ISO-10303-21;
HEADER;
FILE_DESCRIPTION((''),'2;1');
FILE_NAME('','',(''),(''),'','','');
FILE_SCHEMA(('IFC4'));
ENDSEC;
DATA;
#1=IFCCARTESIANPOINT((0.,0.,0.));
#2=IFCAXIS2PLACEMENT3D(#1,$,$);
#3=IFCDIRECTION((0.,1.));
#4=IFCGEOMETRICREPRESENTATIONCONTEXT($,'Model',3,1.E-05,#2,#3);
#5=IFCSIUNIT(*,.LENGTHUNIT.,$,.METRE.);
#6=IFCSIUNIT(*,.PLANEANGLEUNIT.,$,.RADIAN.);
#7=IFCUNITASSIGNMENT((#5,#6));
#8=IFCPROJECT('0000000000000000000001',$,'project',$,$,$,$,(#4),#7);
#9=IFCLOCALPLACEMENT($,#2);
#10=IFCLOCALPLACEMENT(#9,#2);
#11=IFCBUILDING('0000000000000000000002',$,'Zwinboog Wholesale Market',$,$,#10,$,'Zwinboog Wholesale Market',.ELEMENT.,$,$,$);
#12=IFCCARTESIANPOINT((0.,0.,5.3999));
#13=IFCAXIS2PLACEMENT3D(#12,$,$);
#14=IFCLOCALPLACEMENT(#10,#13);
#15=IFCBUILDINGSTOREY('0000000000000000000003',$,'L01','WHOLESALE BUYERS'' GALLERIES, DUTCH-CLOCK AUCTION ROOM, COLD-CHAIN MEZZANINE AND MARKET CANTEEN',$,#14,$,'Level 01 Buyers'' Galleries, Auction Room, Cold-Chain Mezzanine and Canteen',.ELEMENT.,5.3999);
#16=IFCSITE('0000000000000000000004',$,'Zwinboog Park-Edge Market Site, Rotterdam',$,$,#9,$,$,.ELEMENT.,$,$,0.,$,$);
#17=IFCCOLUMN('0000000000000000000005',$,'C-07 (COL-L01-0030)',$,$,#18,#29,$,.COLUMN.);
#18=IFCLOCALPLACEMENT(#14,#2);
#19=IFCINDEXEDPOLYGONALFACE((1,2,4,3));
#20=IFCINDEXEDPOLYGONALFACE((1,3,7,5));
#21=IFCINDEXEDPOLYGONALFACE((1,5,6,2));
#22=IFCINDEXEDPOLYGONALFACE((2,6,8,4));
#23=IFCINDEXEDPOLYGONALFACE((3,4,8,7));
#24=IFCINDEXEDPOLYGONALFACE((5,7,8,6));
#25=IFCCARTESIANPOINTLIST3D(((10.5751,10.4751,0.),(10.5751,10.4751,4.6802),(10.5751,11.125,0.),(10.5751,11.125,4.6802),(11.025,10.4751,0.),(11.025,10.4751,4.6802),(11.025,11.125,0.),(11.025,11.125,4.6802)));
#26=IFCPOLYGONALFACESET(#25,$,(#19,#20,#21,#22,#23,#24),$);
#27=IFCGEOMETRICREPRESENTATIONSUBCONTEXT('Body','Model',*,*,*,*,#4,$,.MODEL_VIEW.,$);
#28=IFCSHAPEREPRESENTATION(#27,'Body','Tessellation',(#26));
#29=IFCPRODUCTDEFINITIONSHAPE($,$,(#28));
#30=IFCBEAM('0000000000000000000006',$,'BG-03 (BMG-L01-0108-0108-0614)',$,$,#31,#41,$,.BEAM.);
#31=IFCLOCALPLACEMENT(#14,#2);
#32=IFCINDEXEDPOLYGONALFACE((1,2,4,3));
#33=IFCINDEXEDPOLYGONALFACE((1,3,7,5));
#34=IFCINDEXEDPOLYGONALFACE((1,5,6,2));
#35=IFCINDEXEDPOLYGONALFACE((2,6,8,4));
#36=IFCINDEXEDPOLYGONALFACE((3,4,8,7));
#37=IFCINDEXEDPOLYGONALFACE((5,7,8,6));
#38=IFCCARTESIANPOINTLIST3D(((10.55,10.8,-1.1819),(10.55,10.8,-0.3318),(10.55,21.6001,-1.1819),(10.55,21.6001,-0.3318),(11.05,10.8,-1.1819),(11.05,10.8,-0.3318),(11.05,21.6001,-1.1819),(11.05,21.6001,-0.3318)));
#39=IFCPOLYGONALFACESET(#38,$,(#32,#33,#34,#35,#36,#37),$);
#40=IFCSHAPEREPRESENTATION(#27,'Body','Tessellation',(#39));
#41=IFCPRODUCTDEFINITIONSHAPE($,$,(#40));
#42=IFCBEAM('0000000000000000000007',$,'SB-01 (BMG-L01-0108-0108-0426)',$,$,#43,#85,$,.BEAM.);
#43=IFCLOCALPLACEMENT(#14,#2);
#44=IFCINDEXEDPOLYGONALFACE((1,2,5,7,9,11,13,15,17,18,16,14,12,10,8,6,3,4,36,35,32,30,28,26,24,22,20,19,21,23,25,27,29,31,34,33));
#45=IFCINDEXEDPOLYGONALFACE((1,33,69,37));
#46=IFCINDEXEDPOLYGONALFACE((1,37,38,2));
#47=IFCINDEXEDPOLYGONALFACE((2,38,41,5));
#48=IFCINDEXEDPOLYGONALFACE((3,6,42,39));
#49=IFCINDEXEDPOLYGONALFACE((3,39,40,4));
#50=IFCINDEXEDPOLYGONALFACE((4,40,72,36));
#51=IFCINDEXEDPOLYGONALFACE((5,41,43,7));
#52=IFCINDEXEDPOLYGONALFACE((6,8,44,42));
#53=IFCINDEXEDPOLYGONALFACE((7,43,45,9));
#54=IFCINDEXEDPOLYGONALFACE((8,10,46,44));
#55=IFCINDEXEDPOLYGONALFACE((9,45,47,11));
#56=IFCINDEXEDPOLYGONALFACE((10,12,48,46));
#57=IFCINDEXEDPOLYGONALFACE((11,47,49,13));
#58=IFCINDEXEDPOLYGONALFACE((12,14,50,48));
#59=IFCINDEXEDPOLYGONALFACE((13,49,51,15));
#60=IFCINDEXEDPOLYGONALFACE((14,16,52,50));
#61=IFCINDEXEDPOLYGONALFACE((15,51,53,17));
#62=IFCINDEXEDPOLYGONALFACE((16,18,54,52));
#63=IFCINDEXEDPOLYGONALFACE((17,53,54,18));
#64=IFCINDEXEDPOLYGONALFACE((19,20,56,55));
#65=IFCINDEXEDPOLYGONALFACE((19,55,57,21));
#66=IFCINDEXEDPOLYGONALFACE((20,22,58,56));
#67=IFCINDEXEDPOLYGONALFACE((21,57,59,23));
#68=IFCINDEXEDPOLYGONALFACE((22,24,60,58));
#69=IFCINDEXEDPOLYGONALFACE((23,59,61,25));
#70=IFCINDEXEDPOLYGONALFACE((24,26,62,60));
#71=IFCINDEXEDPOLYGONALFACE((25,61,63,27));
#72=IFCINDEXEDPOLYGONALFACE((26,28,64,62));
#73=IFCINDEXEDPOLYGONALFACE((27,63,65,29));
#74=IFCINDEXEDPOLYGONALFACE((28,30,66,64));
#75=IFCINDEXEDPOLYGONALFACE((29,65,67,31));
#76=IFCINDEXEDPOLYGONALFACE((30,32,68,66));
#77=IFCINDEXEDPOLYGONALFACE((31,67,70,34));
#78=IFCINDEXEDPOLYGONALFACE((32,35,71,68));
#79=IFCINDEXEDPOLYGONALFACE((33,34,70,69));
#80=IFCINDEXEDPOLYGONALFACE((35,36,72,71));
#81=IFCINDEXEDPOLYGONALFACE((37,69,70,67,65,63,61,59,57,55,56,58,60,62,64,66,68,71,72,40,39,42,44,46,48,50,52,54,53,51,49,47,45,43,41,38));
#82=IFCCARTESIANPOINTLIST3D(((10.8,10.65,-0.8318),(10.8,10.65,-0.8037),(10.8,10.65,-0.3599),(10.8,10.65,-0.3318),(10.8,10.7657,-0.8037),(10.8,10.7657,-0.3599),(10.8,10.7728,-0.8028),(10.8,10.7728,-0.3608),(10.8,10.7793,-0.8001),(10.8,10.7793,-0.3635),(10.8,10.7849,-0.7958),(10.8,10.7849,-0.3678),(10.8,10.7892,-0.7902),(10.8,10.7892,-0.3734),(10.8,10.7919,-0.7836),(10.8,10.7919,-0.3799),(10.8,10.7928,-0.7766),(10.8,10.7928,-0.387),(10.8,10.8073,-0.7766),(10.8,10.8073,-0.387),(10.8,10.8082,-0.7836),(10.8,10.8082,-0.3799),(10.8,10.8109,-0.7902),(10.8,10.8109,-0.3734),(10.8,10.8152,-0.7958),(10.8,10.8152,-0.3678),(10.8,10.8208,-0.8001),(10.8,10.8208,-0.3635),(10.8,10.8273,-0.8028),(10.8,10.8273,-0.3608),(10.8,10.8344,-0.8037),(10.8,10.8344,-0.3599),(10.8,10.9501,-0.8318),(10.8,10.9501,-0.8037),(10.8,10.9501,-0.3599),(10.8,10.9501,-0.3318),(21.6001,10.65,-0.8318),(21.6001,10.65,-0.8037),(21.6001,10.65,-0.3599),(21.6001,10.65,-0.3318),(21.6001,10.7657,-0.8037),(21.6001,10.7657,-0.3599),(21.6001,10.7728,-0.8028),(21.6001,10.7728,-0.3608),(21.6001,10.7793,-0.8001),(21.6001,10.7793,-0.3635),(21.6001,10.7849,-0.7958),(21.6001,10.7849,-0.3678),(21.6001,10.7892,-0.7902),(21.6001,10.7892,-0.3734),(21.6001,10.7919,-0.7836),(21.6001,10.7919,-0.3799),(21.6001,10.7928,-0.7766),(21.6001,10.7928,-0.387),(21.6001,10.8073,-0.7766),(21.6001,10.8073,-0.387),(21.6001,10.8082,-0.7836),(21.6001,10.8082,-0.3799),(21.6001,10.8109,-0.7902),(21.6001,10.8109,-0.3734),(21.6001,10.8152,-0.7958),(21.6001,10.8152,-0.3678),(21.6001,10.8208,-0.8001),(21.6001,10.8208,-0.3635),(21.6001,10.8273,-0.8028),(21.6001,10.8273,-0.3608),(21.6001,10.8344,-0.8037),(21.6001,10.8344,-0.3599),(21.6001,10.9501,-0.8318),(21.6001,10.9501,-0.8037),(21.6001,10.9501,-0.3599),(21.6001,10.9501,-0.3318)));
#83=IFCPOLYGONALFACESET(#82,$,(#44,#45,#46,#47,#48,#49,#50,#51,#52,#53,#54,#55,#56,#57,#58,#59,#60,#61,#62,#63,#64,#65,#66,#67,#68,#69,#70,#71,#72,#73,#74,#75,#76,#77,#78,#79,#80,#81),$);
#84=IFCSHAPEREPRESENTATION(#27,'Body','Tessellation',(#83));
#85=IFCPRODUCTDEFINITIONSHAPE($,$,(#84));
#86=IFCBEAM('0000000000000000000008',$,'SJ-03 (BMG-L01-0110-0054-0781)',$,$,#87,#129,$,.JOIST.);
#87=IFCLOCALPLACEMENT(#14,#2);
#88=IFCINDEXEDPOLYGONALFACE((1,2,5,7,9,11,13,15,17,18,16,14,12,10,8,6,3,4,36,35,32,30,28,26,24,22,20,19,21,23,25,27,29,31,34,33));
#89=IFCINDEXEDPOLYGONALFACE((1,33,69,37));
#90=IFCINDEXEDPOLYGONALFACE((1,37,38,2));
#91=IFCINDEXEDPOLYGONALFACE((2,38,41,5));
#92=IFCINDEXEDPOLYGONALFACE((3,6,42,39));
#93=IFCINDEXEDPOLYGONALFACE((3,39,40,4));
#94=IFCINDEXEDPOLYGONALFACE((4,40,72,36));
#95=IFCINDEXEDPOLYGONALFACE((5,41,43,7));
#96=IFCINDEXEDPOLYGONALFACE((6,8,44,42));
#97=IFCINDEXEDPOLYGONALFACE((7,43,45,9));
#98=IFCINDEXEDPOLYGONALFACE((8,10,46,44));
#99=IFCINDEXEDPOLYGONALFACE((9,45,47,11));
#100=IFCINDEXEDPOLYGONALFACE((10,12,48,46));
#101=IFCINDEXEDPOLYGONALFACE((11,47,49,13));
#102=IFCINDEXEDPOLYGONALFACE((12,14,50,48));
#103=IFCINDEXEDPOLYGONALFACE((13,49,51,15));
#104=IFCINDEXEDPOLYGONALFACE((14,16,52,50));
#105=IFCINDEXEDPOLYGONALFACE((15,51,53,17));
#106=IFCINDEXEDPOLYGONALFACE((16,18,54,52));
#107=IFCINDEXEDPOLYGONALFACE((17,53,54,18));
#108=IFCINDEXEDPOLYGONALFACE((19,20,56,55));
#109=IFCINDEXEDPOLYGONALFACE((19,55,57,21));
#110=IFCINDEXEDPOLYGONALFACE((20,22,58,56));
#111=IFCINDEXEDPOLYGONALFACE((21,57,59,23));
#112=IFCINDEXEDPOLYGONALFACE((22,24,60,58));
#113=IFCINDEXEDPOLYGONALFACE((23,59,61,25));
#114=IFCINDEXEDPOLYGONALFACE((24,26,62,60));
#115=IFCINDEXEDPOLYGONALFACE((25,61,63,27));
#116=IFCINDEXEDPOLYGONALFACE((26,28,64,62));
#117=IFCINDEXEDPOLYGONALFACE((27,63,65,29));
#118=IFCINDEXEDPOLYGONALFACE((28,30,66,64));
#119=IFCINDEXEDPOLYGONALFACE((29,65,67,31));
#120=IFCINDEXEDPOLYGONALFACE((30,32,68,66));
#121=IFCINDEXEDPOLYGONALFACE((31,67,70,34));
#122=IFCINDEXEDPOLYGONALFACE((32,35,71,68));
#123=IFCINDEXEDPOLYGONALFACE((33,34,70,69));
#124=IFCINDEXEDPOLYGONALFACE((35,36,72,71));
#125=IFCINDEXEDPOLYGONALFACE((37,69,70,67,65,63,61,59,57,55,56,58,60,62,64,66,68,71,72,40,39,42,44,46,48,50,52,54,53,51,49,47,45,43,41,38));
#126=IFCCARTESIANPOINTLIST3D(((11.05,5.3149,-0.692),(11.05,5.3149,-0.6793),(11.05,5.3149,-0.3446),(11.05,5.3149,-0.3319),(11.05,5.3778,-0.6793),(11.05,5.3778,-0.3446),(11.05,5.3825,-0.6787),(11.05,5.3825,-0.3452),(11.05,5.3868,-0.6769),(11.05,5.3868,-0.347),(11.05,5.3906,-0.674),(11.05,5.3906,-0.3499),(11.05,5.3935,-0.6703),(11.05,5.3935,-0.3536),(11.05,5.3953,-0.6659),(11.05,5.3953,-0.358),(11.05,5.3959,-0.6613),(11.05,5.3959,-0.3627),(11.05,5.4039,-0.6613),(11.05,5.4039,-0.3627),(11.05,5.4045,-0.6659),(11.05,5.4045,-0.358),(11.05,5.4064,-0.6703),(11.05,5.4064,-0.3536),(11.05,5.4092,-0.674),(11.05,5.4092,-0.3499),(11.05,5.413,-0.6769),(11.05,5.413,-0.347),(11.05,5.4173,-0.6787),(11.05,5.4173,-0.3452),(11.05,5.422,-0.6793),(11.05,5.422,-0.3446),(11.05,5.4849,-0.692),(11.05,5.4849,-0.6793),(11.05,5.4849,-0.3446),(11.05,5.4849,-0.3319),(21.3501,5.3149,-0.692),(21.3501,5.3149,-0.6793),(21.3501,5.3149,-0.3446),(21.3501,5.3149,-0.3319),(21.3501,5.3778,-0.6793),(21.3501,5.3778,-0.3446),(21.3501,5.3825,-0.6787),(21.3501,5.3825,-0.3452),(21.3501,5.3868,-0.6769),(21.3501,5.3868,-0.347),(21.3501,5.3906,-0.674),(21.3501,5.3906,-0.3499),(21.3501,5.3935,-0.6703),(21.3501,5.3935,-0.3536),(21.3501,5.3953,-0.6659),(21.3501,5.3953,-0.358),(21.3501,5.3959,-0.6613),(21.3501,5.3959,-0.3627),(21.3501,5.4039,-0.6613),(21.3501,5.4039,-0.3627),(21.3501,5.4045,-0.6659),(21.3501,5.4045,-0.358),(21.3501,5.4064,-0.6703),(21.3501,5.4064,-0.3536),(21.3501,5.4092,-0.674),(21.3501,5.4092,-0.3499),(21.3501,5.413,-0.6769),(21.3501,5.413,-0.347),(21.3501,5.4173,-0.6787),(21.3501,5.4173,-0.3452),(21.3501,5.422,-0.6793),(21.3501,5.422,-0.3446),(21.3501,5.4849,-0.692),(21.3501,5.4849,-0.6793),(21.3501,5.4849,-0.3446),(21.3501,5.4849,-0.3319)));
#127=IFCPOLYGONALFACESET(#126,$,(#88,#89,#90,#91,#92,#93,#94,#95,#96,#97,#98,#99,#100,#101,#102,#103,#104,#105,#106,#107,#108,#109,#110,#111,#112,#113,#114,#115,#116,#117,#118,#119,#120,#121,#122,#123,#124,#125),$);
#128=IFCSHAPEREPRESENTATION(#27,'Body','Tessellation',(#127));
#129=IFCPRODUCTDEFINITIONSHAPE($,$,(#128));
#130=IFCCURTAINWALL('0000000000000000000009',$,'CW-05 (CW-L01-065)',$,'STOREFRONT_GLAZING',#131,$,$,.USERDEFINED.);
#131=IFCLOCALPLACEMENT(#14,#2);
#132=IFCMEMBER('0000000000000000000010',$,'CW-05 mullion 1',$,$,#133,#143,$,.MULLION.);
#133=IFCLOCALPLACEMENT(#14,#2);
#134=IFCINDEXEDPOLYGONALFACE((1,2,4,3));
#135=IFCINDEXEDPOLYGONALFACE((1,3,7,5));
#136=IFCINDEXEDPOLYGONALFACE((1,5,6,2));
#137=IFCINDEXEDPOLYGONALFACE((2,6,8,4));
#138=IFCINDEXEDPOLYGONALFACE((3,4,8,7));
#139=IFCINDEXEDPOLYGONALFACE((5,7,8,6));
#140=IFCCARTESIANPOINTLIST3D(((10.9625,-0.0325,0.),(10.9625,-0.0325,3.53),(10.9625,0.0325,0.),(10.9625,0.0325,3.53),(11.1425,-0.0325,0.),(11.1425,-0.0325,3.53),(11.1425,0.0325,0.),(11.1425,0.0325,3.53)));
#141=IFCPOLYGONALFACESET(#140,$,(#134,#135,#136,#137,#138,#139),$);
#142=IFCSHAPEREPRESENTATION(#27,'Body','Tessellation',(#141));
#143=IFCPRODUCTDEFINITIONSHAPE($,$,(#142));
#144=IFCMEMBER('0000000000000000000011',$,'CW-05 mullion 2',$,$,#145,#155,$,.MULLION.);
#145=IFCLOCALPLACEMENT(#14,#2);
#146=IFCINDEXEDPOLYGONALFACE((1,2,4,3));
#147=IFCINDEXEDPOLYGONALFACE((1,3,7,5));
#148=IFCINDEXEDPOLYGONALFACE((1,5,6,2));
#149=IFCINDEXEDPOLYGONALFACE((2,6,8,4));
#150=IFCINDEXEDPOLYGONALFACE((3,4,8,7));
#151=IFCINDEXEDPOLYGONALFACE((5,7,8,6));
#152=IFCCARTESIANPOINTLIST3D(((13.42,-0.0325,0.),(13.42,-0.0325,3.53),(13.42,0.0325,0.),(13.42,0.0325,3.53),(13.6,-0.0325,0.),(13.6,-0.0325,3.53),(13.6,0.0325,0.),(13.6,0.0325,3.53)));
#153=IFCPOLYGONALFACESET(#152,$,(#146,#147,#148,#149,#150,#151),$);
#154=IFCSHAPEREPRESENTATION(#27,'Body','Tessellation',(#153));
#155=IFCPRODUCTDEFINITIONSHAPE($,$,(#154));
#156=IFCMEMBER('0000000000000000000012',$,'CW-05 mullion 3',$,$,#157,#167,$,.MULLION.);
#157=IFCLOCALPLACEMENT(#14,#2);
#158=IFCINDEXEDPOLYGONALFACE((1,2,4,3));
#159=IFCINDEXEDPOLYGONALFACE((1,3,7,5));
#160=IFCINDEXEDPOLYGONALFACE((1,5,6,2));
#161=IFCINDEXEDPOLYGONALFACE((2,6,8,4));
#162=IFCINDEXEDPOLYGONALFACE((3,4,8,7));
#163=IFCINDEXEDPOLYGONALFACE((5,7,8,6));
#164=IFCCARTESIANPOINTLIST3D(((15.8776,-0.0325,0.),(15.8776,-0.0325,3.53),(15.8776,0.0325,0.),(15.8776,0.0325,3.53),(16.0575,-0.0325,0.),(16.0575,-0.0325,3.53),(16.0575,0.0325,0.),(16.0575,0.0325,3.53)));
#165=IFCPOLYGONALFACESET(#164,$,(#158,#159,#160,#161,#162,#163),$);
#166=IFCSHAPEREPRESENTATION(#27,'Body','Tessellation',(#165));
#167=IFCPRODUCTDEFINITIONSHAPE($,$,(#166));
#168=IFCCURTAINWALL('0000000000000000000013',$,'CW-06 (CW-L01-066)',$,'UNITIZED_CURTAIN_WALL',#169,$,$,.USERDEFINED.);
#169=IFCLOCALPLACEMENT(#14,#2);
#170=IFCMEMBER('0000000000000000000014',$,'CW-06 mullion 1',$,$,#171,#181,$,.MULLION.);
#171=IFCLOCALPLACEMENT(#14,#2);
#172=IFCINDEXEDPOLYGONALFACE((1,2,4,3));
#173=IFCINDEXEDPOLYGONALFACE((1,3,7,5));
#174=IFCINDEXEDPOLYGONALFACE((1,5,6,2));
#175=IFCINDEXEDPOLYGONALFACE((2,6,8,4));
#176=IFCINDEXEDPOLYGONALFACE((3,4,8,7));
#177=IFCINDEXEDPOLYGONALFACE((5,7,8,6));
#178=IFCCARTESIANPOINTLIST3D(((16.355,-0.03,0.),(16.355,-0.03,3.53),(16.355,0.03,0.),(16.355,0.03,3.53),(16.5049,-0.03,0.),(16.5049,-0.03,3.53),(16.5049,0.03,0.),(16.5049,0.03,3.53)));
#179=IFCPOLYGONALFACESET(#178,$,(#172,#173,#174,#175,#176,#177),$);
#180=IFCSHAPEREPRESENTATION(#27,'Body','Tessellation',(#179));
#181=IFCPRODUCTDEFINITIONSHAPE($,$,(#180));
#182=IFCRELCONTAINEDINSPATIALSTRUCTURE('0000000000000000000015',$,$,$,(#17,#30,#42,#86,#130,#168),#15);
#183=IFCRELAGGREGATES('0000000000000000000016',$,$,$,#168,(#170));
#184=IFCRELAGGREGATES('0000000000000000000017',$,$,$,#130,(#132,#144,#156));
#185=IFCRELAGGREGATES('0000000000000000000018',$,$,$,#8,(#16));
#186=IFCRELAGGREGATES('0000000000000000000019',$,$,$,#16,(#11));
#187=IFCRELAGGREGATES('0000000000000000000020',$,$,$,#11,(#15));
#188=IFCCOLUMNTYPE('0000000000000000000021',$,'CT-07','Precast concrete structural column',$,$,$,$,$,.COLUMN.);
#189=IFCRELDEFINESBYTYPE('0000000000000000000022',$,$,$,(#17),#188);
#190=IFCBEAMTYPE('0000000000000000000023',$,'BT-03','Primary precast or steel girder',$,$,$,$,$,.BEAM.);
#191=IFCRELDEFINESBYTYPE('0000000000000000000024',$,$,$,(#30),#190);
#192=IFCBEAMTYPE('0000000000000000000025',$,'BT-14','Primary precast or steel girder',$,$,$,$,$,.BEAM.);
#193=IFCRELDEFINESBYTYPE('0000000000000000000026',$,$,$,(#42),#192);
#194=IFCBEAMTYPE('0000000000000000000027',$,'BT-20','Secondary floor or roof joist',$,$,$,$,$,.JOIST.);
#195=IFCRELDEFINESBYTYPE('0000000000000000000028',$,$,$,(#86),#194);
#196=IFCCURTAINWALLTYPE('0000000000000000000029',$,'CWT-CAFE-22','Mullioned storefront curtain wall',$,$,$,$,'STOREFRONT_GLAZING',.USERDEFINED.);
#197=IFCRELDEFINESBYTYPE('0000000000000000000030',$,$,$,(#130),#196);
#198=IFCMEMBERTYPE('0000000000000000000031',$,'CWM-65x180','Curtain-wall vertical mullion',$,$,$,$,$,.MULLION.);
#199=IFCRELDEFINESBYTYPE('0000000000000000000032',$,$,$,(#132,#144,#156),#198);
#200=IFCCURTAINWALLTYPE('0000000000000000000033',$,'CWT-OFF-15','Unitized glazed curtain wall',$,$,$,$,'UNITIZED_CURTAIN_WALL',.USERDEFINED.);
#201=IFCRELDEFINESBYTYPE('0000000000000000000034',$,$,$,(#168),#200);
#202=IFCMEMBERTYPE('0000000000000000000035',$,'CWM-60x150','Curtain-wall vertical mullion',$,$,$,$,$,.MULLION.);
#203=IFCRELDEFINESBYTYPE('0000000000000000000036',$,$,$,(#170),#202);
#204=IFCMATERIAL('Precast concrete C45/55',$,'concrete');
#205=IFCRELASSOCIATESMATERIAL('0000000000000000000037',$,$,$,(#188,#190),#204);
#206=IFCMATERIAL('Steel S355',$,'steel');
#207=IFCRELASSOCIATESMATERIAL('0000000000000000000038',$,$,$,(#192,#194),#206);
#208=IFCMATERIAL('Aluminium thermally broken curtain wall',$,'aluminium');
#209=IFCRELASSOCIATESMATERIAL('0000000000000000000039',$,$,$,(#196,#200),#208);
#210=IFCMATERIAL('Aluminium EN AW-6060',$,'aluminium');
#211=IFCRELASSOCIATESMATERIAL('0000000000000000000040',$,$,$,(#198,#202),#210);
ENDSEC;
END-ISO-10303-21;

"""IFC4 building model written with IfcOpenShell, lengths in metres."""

from ifc_helpers import new_model, si_unit, direction, frame, origin, origin_2d, place, context, subcontext, project, spatial, rectangle, i_section, extrude, material, material_profile, profile_set, type_object, element, aggregate, save


model = new_model("IFC4")

# Units and contexts
model_context = context("Model", 3, precision=1e-05, world=origin(), true_north=direction((0.0, 1.0)))
body_context = subcontext(model_context, "Body", "Model", "MODEL_VIEW")
ifc_project = project(units=[si_unit("LENGTHUNIT", "METRE"), si_unit("PLANEANGLEUNIT", "RADIAN")], contexts=[model_context])

# Site, building, storey
site_placement = place(None, origin())
site = spatial("IfcSite", under=ifc_project, at=site_placement, Name="Zwinboog Park-Edge Market Site, Rotterdam", CompositionType="ELEMENT", RefElevation=0.0)
building_placement = place(site_placement, origin())
building = spatial("IfcBuilding", under=site, at=building_placement, Name="Zwinboog Wholesale Market", LongName="Zwinboog Wholesale Market", CompositionType="ELEMENT")
storey_placement = place(building_placement, frame((0.0, 0.0, 5.3999)))
storey = spatial("IfcBuildingStorey", under=building, at=storey_placement, Name="L01", Description="WHOLESALE BUYERS' GALLERIES, DUTCH-CLOCK AUCTION ROOM, COLD-CHAIN MEZZANINE AND MARKET CANTEEN", LongName="Level 01 Buyers' Galleries, Auction Room, Cold-Chain Mezzanine and Canteen", CompositionType="ELEMENT", Elevation=5.3999)

# Column
ifc_material_1 = material(Name="Precast concrete C45/55", Category="concrete")
ifc_material_profile_1 = material_profile(ifc_material_1, rectangle(XDim=0.45, YDim=0.6499, at=origin_2d()), Name="PC 450x650")
ifc_profile_set_1 = profile_set([ifc_material_profile_1], Name="Precast concrete C45/55")
column_type = type_object("IfcColumnType", Name="CT-07", Description="Precast concrete structural column", PredefinedType="COLUMN", material=ifc_profile_set_1)
column_placement = place(storey_placement, frame((10.8, 10.8, 0.0), z_axis=(0.0, 0.0, 1.0), x_axis=(1.0, 0.0, 0.0)))
element("IfcColumn", 1, at=column_placement, inside=storey, type_object=column_type, Name="C-07 (COL-L01-0030)", PredefinedType="COLUMN", context=body_context, shape_type="SweptSolid", body=[
    extrude(rectangle(XDim=0.45, YDim=0.6499, at=origin_2d()), origin(), (0.0, 0.0, 1.0), 4.6802),
])

# Beams
ifc_material_profile_2 = material_profile(ifc_material_1, rectangle(XDim=0.5, YDim=0.8501, at=origin_2d()), Name="PC 500x850")
ifc_profile_set_2 = profile_set([ifc_material_profile_2], Name="Precast concrete C45/55")
beam_type_1 = type_object("IfcBeamType", Name="BT-03", Description="Primary precast or steel girder", PredefinedType="BEAM", material=ifc_profile_set_2)
beam_1_placement = place(storey_placement, frame((10.8, 10.8, -0.7568), z_axis=(0.0, 1.0, 0.0), x_axis=(-1.0, 0.0, 0.0)))
element("IfcBeam", 2, at=beam_1_placement, inside=storey, type_object=beam_type_1, Name="BG-03 (BMG-L01-0108-0108-0614)", PredefinedType="BEAM", context=body_context, shape_type="SweptSolid", body=[
    extrude(rectangle(XDim=0.5, YDim=0.8501, at=origin_2d()), origin(), (0.0, 0.0, 1.0), 10.8),
])
ifc_material_2 = material(Name="Steel S355", Category="steel")
ifc_material_profile_3 = material_profile(ifc_material_2, i_section(OverallWidth=0.3, OverallDepth=0.5, WebThickness=0.0144, FlangeThickness=0.0281, FilletRadius=0.0271, at=origin_2d()), Name="HEB 500")
ifc_profile_set_3 = profile_set([ifc_material_profile_3], Name="Steel S355")
beam_type_2 = type_object("IfcBeamType", Name="BT-14", Description="Primary precast or steel girder", PredefinedType="BEAM", material=ifc_profile_set_3)
beam_2_placement = place(storey_placement, frame((10.8, 10.8, -0.5818), z_axis=(1.0, 0.0, 0.0), x_axis=(0.0, 1.0, 0.0)))
element("IfcBeam", 3, at=beam_2_placement, inside=storey, type_object=beam_type_2, Name="SB-01 (BMG-L01-0108-0108-0426)", PredefinedType="BEAM", context=body_context, shape_type="SweptSolid", body=[
    extrude(i_section(OverallWidth=0.3, OverallDepth=0.5, WebThickness=0.0144, FlangeThickness=0.0281, FilletRadius=0.0271, at=origin_2d()), origin(), (0.0, 0.0, 1.0), 10.8),
])
ifc_material_profile_4 = material_profile(ifc_material_2, i_section(OverallWidth=0.1699, OverallDepth=0.3601, WebThickness=0.0081, FlangeThickness=0.0127, FilletRadius=0.0181, at=origin_2d()), Name="IPE 360")
ifc_profile_set_4 = profile_set([ifc_material_profile_4], Name="Steel S355")
beam_type_3 = type_object("IfcBeamType", Name="BT-20", Description="Secondary floor or roof joist", PredefinedType="JOIST", material=ifc_profile_set_4)
beam_3_placement = place(storey_placement, frame((11.05, 5.3999, -0.512), z_axis=(1.0, 0.0, 0.0), x_axis=(0.0, 1.0, 0.0)))
element("IfcBeam", 4, at=beam_3_placement, inside=storey, type_object=beam_type_3, Name="SJ-03 (BMG-L01-0110-0054-0781)", PredefinedType="JOIST", context=body_context, shape_type="SweptSolid", body=[
    extrude(i_section(OverallWidth=0.1699, OverallDepth=0.3601, WebThickness=0.0081, FlangeThickness=0.0127, FilletRadius=0.0181, at=origin_2d()), origin(), (0.0, 0.0, 1.0), 10.3),
])

# Curtain wall, members
ifc_material_3 = material(Name="Aluminium thermally broken curtain wall", Category="aluminium")
curtain_wall_type_1 = type_object("IfcCurtainWallType", Name="CWT-CAFE-22", Description="Mullioned storefront curtain wall", ElementType="STOREFRONT_GLAZING", PredefinedType="USERDEFINED", material=ifc_material_3)
curtain_wall_1_placement = place(storey_placement, origin())
curtain_wall_1 = element("IfcCurtainWall", 5, at=curtain_wall_1_placement, inside=storey, type_object=curtain_wall_type_1, Name="CW-05 (CW-L01-065)", ObjectType="STOREFRONT_GLAZING", PredefinedType="USERDEFINED")
ifc_material_4 = material(Name="Aluminium EN AW-6060", Category="aluminium")
ifc_material_profile_5 = material_profile(ifc_material_4, rectangle(XDim=0.0649, YDim=0.1799, at=origin_2d()), Name="AL 65x180")
ifc_profile_set_5 = profile_set([ifc_material_profile_5], Name="Aluminium EN AW-6060")
member_type_1 = type_object("IfcMemberType", Name="CWM-65x180", Description="Curtain-wall vertical mullion", PredefinedType="MULLION", material=ifc_profile_set_5)
member_1_placement = place(storey_placement, frame((11.0525, 0.0, 0.0), z_axis=(0.0, 0.0, 1.0), x_axis=(0.0, 1.0, 0.0)))
member_1 = element("IfcMember", 6, at=member_1_placement, type_object=member_type_1, Name="CW-05 mullion 1", PredefinedType="MULLION", context=body_context, shape_type="SweptSolid", body=[
    extrude(rectangle(XDim=0.0649, YDim=0.1799, at=origin_2d()), origin(), (0.0, 0.0, 1.0), 3.53),
])
member_2_placement = place(storey_placement, frame((13.51, 0.0, 0.0), z_axis=(0.0, 0.0, 1.0), x_axis=(0.0, 1.0, 0.0)))
member_2 = element("IfcMember", 7, at=member_2_placement, type_object=member_type_1, Name="CW-05 mullion 2", PredefinedType="MULLION", context=body_context, shape_type="SweptSolid", body=[
    extrude(rectangle(XDim=0.0649, YDim=0.1799, at=origin_2d()), origin(), (0.0, 0.0, 1.0), 3.53),
])
member_3_placement = place(storey_placement, frame((15.9675, 0.0, 0.0), z_axis=(0.0, 0.0, 1.0), x_axis=(0.0, 1.0, 0.0)))
member_3 = element("IfcMember", 8, at=member_3_placement, type_object=member_type_1, Name="CW-05 mullion 3", PredefinedType="MULLION", context=body_context, shape_type="SweptSolid", body=[
    extrude(rectangle(XDim=0.0649, YDim=0.1799, at=origin_2d()), origin(), (0.0, 0.0, 1.0), 3.53),
])

# Curtain wall, member
curtain_wall_type_2 = type_object("IfcCurtainWallType", Name="CWT-OFF-15", Description="Unitized glazed curtain wall", ElementType="UNITIZED_CURTAIN_WALL", PredefinedType="USERDEFINED", material=ifc_material_3)
curtain_wall_2_placement = place(storey_placement, origin())
curtain_wall_2 = element("IfcCurtainWall", 9, at=curtain_wall_2_placement, inside=storey, type_object=curtain_wall_type_2, Name="CW-06 (CW-L01-066)", ObjectType="UNITIZED_CURTAIN_WALL", PredefinedType="USERDEFINED")
ifc_material_profile_6 = material_profile(ifc_material_4, rectangle(XDim=0.0601, YDim=0.1499, at=origin_2d()), Name="AL 60x150")
ifc_profile_set_6 = profile_set([ifc_material_profile_6], Name="Aluminium EN AW-6060")
member_type_2 = type_object("IfcMemberType", Name="CWM-60x150", Description="Curtain-wall vertical mullion", PredefinedType="MULLION", material=ifc_profile_set_6)
member_4_placement = place(storey_placement, frame((16.4299, 0.0, 0.0), z_axis=(0.0, 0.0, 1.0), x_axis=(0.0, 1.0, 0.0)))
member_4 = element("IfcMember", 10, at=member_4_placement, type_object=member_type_2, Name="CW-06 mullion 1", PredefinedType="MULLION", context=body_context, shape_type="SweptSolid", body=[
    extrude(rectangle(XDim=0.0601, YDim=0.1499, at=origin_2d()), origin(), (0.0, 0.0, 1.0), 3.53),
])

aggregate(curtain_wall_2, [member_4])

aggregate(curtain_wall_1, [member_1, member_2, member_3])

save(model, "model.ifc")
